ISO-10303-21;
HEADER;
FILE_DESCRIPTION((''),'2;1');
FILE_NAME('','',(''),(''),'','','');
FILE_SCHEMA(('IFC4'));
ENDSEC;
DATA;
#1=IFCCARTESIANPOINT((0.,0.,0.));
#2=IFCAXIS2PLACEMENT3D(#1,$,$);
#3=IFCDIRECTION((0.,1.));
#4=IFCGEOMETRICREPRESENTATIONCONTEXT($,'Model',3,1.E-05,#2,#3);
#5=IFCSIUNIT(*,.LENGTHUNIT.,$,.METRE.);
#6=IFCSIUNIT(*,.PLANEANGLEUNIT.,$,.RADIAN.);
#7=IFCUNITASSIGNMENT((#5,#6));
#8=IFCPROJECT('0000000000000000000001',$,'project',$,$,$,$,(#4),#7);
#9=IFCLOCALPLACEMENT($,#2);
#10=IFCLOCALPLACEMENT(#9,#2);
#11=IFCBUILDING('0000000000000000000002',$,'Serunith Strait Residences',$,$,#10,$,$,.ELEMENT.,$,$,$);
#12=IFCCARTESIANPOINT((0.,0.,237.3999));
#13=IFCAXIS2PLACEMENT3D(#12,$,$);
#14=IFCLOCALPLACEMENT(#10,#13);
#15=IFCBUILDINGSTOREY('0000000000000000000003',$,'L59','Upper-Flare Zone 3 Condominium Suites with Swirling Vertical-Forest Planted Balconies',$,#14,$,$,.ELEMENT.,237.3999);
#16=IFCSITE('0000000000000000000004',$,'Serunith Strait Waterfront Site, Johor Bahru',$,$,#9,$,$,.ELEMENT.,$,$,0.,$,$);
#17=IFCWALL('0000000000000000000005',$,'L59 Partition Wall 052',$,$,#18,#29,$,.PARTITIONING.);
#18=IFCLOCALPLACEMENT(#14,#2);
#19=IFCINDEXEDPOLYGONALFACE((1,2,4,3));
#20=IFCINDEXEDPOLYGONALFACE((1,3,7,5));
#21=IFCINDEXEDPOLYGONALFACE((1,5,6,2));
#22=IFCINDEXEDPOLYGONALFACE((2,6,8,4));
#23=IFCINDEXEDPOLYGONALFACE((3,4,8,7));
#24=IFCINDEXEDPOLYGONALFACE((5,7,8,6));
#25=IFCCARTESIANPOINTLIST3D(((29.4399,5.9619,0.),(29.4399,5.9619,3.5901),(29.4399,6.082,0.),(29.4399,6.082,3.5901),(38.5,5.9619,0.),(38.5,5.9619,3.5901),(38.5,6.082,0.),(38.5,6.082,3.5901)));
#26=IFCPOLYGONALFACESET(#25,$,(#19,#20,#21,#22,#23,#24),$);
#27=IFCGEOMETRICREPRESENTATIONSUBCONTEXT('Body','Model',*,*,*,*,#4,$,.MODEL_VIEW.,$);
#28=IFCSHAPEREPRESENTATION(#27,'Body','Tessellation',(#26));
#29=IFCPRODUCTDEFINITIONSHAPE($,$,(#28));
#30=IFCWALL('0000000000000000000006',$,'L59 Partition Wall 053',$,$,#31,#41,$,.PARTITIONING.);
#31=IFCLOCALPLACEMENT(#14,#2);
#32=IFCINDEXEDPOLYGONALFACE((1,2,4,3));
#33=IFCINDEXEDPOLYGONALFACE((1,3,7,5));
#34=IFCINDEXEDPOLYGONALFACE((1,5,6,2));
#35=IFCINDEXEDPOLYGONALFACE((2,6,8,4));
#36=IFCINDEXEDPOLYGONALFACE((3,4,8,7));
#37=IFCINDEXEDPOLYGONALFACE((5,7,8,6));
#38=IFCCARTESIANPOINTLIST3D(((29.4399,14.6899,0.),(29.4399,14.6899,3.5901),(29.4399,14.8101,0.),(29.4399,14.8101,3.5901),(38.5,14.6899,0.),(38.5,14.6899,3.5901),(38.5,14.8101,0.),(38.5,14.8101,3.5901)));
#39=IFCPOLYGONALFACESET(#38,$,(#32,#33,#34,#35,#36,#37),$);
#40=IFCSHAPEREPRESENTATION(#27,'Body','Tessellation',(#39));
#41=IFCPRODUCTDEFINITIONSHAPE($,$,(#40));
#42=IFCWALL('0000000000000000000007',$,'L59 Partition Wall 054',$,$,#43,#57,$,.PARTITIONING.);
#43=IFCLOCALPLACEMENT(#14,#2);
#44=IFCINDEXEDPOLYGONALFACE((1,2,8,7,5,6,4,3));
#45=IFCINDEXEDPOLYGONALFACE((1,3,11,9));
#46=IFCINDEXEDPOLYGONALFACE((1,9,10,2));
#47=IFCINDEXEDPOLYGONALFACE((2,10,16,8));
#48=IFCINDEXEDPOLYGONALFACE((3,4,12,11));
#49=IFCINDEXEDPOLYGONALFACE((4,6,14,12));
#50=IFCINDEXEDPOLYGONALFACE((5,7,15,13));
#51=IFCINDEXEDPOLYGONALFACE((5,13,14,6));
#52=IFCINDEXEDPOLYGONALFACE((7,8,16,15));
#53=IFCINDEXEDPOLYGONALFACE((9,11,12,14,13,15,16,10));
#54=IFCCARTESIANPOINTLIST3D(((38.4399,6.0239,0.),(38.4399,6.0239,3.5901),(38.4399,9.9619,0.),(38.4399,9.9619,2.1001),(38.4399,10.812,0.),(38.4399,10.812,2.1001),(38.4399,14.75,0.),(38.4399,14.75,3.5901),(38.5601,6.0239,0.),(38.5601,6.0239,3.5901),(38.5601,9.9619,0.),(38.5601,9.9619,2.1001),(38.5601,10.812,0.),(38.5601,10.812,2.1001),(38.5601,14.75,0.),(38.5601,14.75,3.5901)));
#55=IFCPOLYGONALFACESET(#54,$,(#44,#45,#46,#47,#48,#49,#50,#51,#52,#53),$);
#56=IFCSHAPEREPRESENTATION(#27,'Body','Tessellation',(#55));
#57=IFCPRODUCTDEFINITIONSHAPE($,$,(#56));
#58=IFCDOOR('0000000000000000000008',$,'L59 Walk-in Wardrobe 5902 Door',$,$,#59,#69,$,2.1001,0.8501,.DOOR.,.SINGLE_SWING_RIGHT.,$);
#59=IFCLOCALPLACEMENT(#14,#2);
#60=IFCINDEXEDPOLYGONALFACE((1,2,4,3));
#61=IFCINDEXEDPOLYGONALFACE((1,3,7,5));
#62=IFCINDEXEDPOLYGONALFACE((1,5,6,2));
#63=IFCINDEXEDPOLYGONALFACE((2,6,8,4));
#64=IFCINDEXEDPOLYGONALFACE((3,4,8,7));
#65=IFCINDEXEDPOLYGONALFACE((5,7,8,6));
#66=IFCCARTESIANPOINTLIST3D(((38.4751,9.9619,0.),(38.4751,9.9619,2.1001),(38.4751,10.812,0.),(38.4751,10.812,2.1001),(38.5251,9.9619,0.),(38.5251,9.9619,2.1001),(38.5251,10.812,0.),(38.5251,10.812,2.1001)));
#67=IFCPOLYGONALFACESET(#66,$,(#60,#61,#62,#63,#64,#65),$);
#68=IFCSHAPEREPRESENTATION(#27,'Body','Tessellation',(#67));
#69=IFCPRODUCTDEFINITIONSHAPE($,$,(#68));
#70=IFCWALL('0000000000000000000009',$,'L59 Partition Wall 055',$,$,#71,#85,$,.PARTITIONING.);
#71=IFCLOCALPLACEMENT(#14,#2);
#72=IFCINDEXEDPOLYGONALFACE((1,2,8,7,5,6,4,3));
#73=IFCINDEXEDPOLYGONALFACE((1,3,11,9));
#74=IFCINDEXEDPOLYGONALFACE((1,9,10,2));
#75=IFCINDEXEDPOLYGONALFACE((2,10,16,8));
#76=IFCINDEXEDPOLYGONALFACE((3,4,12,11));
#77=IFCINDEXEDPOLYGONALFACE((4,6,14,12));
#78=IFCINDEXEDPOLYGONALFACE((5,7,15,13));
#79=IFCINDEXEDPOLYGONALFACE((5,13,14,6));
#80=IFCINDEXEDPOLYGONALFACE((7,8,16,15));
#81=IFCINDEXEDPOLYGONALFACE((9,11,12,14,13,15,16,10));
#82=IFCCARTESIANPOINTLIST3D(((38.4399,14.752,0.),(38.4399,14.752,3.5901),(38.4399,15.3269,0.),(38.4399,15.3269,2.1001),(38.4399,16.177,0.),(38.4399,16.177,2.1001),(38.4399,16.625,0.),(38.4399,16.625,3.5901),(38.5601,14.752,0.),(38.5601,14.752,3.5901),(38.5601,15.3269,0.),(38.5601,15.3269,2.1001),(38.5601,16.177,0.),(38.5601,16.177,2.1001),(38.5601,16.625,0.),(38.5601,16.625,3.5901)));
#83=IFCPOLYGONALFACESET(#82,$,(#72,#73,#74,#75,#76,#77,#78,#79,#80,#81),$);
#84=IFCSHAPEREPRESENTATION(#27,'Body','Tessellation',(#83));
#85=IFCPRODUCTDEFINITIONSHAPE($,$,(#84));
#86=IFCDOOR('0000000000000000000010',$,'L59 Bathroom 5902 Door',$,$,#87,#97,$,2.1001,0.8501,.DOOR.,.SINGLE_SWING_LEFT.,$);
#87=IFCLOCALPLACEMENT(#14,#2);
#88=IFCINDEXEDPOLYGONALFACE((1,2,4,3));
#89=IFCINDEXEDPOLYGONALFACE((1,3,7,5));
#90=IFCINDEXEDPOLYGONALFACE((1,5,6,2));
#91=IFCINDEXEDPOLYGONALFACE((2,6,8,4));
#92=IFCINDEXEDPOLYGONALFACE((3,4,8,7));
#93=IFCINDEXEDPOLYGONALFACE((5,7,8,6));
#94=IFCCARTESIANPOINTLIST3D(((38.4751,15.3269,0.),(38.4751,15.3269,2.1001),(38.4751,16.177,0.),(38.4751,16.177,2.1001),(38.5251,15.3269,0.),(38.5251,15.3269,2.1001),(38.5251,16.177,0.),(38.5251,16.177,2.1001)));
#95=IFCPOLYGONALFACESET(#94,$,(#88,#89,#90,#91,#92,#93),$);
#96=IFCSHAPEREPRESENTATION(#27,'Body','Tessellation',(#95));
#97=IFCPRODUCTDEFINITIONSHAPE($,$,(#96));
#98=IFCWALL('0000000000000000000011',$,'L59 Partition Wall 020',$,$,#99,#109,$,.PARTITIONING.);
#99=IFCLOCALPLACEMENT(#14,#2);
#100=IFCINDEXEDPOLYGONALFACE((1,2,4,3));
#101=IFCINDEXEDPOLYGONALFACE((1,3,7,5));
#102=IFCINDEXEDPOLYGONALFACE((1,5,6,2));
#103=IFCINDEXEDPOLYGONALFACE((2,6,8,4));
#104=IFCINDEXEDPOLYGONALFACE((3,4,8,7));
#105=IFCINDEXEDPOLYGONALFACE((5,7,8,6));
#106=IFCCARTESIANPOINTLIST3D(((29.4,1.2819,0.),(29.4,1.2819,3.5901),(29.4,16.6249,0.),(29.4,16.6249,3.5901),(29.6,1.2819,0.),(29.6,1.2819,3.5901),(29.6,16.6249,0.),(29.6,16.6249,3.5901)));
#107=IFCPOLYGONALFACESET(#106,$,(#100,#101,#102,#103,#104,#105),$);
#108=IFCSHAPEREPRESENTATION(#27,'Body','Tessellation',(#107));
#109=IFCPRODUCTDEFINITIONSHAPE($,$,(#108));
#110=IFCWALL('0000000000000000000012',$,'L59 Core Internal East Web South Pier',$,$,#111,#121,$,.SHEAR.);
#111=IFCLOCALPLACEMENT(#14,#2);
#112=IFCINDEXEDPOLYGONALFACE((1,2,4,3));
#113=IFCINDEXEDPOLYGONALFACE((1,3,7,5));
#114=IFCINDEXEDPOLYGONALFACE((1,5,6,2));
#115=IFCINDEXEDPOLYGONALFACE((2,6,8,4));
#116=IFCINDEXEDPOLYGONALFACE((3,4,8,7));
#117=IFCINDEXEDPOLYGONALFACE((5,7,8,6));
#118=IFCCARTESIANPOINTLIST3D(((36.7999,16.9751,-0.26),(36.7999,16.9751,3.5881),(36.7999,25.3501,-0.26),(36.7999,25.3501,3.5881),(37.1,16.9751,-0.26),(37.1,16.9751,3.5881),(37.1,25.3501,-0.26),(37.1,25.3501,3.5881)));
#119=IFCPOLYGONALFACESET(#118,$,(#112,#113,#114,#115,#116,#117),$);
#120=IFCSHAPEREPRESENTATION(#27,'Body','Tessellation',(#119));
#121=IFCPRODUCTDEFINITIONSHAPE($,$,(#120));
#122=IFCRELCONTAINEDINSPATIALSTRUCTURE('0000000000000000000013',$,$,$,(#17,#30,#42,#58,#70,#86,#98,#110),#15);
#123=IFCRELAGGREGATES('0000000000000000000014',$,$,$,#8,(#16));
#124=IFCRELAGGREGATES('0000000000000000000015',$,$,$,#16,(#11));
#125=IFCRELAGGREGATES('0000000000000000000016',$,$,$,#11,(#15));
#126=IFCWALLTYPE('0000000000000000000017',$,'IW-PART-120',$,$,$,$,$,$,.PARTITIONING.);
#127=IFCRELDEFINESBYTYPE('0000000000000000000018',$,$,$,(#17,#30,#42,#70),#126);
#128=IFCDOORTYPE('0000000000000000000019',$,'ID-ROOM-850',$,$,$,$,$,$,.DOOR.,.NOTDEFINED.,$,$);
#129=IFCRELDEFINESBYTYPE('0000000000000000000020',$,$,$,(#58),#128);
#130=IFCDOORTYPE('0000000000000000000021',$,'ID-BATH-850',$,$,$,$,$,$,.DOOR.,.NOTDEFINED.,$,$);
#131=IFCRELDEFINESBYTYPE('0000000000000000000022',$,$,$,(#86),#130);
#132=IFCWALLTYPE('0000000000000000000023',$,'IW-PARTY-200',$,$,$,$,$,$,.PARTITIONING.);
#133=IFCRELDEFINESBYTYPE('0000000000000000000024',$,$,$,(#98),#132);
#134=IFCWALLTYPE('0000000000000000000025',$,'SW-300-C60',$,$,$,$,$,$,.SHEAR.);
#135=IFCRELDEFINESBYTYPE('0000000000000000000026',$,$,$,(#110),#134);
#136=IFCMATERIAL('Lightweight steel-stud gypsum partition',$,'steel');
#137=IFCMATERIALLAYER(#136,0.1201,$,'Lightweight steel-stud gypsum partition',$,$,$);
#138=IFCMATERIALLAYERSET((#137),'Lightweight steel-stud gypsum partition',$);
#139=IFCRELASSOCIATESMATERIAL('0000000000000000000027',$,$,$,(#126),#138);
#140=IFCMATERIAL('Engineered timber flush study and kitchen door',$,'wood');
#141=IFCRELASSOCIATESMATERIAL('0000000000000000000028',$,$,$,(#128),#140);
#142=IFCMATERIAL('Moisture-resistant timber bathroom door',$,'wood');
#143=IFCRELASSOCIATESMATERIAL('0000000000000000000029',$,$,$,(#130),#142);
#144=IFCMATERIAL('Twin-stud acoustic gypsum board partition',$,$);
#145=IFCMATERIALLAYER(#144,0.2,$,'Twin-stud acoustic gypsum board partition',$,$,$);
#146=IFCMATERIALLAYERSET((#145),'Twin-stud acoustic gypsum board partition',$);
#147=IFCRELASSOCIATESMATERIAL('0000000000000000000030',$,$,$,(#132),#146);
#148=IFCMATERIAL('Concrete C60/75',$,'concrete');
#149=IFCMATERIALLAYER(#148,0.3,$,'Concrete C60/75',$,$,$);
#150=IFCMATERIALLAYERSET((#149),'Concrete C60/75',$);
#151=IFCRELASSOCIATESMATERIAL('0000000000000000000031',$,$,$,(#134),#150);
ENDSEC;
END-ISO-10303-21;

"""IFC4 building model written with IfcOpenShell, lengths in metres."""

from ifc_helpers import new_model, si_unit, direction, frame, frame_2d, origin, place, context, subcontext, project, spatial, rectangle, extrude, source, transform, mapped, material, layer, layer_set, type_object, element, fill, save


model = new_model("IFC4")

# Units and contexts
model_context = context("Model", 3, precision=1e-05, world=origin(), true_north=direction((0.0, 1.0)))
body_context = subcontext(model_context, "Body", "Model", "MODEL_VIEW")
ifc_project = project(units=[si_unit("LENGTHUNIT", "METRE"), si_unit("PLANEANGLEUNIT", "RADIAN")], contexts=[model_context])

# Site, building, storey
site_placement = place(None, origin())
site = spatial("IfcSite", under=ifc_project, at=site_placement, Name="Serunith Strait Waterfront Site, Johor Bahru", CompositionType="ELEMENT", RefElevation=0.0)
building_placement = place(site_placement, origin())
building = spatial("IfcBuilding", under=site, at=building_placement, Name="Serunith Strait Residences", CompositionType="ELEMENT")
storey_placement = place(building_placement, frame((0.0, 0.0, 237.3999)))
storey = spatial("IfcBuildingStorey", under=building, at=storey_placement, Name="L59", Description="Upper-Flare Zone 3 Condominium Suites with Swirling Vertical-Forest Planted Balconies", CompositionType="ELEMENT", Elevation=237.3999)

# Shared definitions
ifc_material_1 = material(Name="Lightweight steel-stud gypsum partition", Category="steel")
ifc_layer_1 = layer(ifc_material_1, 0.1201, Name="Lightweight steel-stud gypsum partition")
ifc_layer_set_1 = layer_set([ifc_layer_1], Name="Lightweight steel-stud gypsum partition")
wall_type_1 = type_object("IfcWallType", Name="IW-PART-120", PredefinedType="PARTITIONING", material=ifc_layer_set_1)
ifc_material_2 = material(Name="Engineered timber flush study and kitchen door", Category="wood")
door_type_1 = type_object("IfcDoorType", Name="ID-ROOM-850", OperationType="NOTDEFINED", PredefinedType="DOOR", material=ifc_material_2)
shared_shape_1 = source(origin(), body_context, "Body", "SweptSolid", [
    extrude(rectangle(XDim=0.8501, YDim=2.1001, at=frame_2d((0.425, 1.05))), frame((0.0, 0.0249, 0.0), z_axis=(0.0, -1.0, 0.0), x_axis=(1.0, 0.0, 0.0)), (0.0, 0.0, 1.0), 0.05),
])

# Walls
for number, where, z_axis, x_axis, name in (
    (1, (29.4399, 6.022, 0.0), (0.0, 0.0, 1.0), (1.0, 0.0, 0.0), "L59 Partition Wall 052"),
    (2, (29.4399, 14.75, 0.0), (0.0, 0.0, 1.0), (1.0, 0.0, 0.0), "L59 Partition Wall 053"),
):
    element("IfcWall", number, at=place(storey_placement, frame(where, z_axis=z_axis, x_axis=x_axis)), inside=storey, type_object=wall_type_1, Name=name, PredefinedType="PARTITIONING", context=body_context, shape_type="SweptSolid", body=[
        extrude(rectangle(XDim=9.0601, YDim=0.1201, at=frame_2d((4.53, 0.0))), origin(), (0.0, 0.0, 1.0), 3.5901),
    ])

# Walls, openings, doors
wall_1_placement = place(storey_placement, frame((38.5, 6.0239, 0.0), z_axis=(0.0, 0.0, 1.0), x_axis=(0.0, 1.0, 0.0)))
wall_1 = element("IfcWall", 3, at=wall_1_placement, inside=storey, type_object=wall_type_1, Name="L59 Partition Wall 054", PredefinedType="PARTITIONING", context=body_context, shape_type="SweptSolid", body=[
    extrude(rectangle(XDim=8.7261, YDim=0.1201, at=frame_2d((4.363, 0.0))), origin(), (0.0, 0.0, 1.0), 3.5901),
])
opening_1_placement = place(wall_1_placement, frame((3.938, 0.0, 0.0)))
opening_1 = element("IfcOpeningElement", 4, at=opening_1_placement, cuts=wall_1, PredefinedType="OPENING", context=body_context, shape_type="SweptSolid", body=[
    extrude(rectangle(XDim=0.8501, YDim=2.1001, at=frame_2d((0.425, 1.05))), frame((0.0, 0.0701, 0.0), z_axis=(0.0, -1.0, 0.0), x_axis=(1.0, 0.0, 0.0)), (0.0, 0.0, 1.0), 0.1401),
])
door_1_placement = place(opening_1_placement, origin())
door_1 = element("IfcDoor", 5, at=door_1_placement, inside=storey, type_object=door_type_1, Name="L59 Walk-in Wardrobe 5902 Door", OperationType="SINGLE_SWING_RIGHT", OverallHeight=2.1001, OverallWidth=0.8501, PredefinedType="DOOR", context=body_context, shape_type="MappedRepresentation", body=[
    mapped(shared_shape_1, transform((0.0, 0.0, 0.0), scale=1.0)),
])
fill(opening_1, door_1)
wall_2_placement = place(storey_placement, frame((38.5, 14.752, 0.0), z_axis=(0.0, 0.0, 1.0), x_axis=(0.0, 1.0, 0.0)))
wall_2 = element("IfcWall", 6, at=wall_2_placement, inside=storey, type_object=wall_type_1, Name="L59 Partition Wall 055", PredefinedType="PARTITIONING", context=body_context, shape_type="SweptSolid", body=[
    extrude(rectangle(XDim=1.873, YDim=0.1201, at=frame_2d((0.9365, 0.0))), origin(), (0.0, 0.0, 1.0), 3.5901),
])
opening_2_placement = place(wall_2_placement, frame((0.575, 0.0, 0.0)))
opening_2 = element("IfcOpeningElement", 7, at=opening_2_placement, cuts=wall_2, PredefinedType="OPENING", context=body_context, shape_type="SweptSolid", body=[
    extrude(rectangle(XDim=0.8501, YDim=2.1001, at=frame_2d((0.425, 1.05))), frame((0.0, 0.0701, 0.0), z_axis=(0.0, -1.0, 0.0), x_axis=(1.0, 0.0, 0.0)), (0.0, 0.0, 1.0), 0.1401),
])
ifc_material_3 = material(Name="Moisture-resistant timber bathroom door", Category="wood")
door_type_2 = type_object("IfcDoorType", Name="ID-BATH-850", OperationType="NOTDEFINED", PredefinedType="DOOR", material=ifc_material_3)
door_2_placement = place(opening_2_placement, origin())
door_2 = element("IfcDoor", 8, at=door_2_placement, inside=storey, type_object=door_type_2, Name="L59 Bathroom 5902 Door", OperationType="SINGLE_SWING_LEFT", OverallHeight=2.1001, OverallWidth=0.8501, PredefinedType="DOOR", context=body_context, shape_type="MappedRepresentation", body=[
    mapped(shared_shape_1, transform((0.0, 0.0, 0.0), scale=1.0)),
])
fill(opening_2, door_2)

# Walls
ifc_material_4 = material(Name="Twin-stud acoustic gypsum board partition")
ifc_layer_2 = layer(ifc_material_4, 0.2, Name="Twin-stud acoustic gypsum board partition")
ifc_layer_set_2 = layer_set([ifc_layer_2], Name="Twin-stud acoustic gypsum board partition")
wall_type_2 = type_object("IfcWallType", Name="IW-PARTY-200", PredefinedType="PARTITIONING", material=ifc_layer_set_2)
wall_3_placement = place(storey_placement, frame((29.5, 1.282, 0.0), z_axis=(0.0, 0.0, 1.0), x_axis=(0.0, 1.0, 0.0)))
element("IfcWall", 9, at=wall_3_placement, inside=storey, type_object=wall_type_2, Name="L59 Partition Wall 020", PredefinedType="PARTITIONING", context=body_context, shape_type="SweptSolid", body=[
    extrude(rectangle(XDim=15.343, YDim=0.2, at=frame_2d((7.6714, 0.0))), origin(), (0.0, 0.0, 1.0), 3.5901),
])
ifc_material_5 = material(Name="Concrete C60/75", Category="concrete")
ifc_layer_3 = layer(ifc_material_5, 0.3, Name="Concrete C60/75")
ifc_layer_set_3 = layer_set([ifc_layer_3], Name="Concrete C60/75")
wall_type_3 = type_object("IfcWallType", Name="SW-300-C60", PredefinedType="SHEAR", material=ifc_layer_set_3)
wall_4_placement = place(storey_placement, frame((36.95, 16.9751, -0.26), z_axis=(0.0, 0.0, 1.0), x_axis=(0.0, 1.0, 0.0)))
element("IfcWall", 10, at=wall_4_placement, inside=storey, type_object=wall_type_3, Name="L59 Core Internal East Web South Pier", PredefinedType="SHEAR", context=body_context, shape_type="SweptSolid", body=[
    extrude(rectangle(XDim=8.375, YDim=0.3, at=frame_2d((4.1875, 0.0))), origin(), (0.0, 0.0, 1.0), 3.8481),
])

save(model, "model.ifc")
